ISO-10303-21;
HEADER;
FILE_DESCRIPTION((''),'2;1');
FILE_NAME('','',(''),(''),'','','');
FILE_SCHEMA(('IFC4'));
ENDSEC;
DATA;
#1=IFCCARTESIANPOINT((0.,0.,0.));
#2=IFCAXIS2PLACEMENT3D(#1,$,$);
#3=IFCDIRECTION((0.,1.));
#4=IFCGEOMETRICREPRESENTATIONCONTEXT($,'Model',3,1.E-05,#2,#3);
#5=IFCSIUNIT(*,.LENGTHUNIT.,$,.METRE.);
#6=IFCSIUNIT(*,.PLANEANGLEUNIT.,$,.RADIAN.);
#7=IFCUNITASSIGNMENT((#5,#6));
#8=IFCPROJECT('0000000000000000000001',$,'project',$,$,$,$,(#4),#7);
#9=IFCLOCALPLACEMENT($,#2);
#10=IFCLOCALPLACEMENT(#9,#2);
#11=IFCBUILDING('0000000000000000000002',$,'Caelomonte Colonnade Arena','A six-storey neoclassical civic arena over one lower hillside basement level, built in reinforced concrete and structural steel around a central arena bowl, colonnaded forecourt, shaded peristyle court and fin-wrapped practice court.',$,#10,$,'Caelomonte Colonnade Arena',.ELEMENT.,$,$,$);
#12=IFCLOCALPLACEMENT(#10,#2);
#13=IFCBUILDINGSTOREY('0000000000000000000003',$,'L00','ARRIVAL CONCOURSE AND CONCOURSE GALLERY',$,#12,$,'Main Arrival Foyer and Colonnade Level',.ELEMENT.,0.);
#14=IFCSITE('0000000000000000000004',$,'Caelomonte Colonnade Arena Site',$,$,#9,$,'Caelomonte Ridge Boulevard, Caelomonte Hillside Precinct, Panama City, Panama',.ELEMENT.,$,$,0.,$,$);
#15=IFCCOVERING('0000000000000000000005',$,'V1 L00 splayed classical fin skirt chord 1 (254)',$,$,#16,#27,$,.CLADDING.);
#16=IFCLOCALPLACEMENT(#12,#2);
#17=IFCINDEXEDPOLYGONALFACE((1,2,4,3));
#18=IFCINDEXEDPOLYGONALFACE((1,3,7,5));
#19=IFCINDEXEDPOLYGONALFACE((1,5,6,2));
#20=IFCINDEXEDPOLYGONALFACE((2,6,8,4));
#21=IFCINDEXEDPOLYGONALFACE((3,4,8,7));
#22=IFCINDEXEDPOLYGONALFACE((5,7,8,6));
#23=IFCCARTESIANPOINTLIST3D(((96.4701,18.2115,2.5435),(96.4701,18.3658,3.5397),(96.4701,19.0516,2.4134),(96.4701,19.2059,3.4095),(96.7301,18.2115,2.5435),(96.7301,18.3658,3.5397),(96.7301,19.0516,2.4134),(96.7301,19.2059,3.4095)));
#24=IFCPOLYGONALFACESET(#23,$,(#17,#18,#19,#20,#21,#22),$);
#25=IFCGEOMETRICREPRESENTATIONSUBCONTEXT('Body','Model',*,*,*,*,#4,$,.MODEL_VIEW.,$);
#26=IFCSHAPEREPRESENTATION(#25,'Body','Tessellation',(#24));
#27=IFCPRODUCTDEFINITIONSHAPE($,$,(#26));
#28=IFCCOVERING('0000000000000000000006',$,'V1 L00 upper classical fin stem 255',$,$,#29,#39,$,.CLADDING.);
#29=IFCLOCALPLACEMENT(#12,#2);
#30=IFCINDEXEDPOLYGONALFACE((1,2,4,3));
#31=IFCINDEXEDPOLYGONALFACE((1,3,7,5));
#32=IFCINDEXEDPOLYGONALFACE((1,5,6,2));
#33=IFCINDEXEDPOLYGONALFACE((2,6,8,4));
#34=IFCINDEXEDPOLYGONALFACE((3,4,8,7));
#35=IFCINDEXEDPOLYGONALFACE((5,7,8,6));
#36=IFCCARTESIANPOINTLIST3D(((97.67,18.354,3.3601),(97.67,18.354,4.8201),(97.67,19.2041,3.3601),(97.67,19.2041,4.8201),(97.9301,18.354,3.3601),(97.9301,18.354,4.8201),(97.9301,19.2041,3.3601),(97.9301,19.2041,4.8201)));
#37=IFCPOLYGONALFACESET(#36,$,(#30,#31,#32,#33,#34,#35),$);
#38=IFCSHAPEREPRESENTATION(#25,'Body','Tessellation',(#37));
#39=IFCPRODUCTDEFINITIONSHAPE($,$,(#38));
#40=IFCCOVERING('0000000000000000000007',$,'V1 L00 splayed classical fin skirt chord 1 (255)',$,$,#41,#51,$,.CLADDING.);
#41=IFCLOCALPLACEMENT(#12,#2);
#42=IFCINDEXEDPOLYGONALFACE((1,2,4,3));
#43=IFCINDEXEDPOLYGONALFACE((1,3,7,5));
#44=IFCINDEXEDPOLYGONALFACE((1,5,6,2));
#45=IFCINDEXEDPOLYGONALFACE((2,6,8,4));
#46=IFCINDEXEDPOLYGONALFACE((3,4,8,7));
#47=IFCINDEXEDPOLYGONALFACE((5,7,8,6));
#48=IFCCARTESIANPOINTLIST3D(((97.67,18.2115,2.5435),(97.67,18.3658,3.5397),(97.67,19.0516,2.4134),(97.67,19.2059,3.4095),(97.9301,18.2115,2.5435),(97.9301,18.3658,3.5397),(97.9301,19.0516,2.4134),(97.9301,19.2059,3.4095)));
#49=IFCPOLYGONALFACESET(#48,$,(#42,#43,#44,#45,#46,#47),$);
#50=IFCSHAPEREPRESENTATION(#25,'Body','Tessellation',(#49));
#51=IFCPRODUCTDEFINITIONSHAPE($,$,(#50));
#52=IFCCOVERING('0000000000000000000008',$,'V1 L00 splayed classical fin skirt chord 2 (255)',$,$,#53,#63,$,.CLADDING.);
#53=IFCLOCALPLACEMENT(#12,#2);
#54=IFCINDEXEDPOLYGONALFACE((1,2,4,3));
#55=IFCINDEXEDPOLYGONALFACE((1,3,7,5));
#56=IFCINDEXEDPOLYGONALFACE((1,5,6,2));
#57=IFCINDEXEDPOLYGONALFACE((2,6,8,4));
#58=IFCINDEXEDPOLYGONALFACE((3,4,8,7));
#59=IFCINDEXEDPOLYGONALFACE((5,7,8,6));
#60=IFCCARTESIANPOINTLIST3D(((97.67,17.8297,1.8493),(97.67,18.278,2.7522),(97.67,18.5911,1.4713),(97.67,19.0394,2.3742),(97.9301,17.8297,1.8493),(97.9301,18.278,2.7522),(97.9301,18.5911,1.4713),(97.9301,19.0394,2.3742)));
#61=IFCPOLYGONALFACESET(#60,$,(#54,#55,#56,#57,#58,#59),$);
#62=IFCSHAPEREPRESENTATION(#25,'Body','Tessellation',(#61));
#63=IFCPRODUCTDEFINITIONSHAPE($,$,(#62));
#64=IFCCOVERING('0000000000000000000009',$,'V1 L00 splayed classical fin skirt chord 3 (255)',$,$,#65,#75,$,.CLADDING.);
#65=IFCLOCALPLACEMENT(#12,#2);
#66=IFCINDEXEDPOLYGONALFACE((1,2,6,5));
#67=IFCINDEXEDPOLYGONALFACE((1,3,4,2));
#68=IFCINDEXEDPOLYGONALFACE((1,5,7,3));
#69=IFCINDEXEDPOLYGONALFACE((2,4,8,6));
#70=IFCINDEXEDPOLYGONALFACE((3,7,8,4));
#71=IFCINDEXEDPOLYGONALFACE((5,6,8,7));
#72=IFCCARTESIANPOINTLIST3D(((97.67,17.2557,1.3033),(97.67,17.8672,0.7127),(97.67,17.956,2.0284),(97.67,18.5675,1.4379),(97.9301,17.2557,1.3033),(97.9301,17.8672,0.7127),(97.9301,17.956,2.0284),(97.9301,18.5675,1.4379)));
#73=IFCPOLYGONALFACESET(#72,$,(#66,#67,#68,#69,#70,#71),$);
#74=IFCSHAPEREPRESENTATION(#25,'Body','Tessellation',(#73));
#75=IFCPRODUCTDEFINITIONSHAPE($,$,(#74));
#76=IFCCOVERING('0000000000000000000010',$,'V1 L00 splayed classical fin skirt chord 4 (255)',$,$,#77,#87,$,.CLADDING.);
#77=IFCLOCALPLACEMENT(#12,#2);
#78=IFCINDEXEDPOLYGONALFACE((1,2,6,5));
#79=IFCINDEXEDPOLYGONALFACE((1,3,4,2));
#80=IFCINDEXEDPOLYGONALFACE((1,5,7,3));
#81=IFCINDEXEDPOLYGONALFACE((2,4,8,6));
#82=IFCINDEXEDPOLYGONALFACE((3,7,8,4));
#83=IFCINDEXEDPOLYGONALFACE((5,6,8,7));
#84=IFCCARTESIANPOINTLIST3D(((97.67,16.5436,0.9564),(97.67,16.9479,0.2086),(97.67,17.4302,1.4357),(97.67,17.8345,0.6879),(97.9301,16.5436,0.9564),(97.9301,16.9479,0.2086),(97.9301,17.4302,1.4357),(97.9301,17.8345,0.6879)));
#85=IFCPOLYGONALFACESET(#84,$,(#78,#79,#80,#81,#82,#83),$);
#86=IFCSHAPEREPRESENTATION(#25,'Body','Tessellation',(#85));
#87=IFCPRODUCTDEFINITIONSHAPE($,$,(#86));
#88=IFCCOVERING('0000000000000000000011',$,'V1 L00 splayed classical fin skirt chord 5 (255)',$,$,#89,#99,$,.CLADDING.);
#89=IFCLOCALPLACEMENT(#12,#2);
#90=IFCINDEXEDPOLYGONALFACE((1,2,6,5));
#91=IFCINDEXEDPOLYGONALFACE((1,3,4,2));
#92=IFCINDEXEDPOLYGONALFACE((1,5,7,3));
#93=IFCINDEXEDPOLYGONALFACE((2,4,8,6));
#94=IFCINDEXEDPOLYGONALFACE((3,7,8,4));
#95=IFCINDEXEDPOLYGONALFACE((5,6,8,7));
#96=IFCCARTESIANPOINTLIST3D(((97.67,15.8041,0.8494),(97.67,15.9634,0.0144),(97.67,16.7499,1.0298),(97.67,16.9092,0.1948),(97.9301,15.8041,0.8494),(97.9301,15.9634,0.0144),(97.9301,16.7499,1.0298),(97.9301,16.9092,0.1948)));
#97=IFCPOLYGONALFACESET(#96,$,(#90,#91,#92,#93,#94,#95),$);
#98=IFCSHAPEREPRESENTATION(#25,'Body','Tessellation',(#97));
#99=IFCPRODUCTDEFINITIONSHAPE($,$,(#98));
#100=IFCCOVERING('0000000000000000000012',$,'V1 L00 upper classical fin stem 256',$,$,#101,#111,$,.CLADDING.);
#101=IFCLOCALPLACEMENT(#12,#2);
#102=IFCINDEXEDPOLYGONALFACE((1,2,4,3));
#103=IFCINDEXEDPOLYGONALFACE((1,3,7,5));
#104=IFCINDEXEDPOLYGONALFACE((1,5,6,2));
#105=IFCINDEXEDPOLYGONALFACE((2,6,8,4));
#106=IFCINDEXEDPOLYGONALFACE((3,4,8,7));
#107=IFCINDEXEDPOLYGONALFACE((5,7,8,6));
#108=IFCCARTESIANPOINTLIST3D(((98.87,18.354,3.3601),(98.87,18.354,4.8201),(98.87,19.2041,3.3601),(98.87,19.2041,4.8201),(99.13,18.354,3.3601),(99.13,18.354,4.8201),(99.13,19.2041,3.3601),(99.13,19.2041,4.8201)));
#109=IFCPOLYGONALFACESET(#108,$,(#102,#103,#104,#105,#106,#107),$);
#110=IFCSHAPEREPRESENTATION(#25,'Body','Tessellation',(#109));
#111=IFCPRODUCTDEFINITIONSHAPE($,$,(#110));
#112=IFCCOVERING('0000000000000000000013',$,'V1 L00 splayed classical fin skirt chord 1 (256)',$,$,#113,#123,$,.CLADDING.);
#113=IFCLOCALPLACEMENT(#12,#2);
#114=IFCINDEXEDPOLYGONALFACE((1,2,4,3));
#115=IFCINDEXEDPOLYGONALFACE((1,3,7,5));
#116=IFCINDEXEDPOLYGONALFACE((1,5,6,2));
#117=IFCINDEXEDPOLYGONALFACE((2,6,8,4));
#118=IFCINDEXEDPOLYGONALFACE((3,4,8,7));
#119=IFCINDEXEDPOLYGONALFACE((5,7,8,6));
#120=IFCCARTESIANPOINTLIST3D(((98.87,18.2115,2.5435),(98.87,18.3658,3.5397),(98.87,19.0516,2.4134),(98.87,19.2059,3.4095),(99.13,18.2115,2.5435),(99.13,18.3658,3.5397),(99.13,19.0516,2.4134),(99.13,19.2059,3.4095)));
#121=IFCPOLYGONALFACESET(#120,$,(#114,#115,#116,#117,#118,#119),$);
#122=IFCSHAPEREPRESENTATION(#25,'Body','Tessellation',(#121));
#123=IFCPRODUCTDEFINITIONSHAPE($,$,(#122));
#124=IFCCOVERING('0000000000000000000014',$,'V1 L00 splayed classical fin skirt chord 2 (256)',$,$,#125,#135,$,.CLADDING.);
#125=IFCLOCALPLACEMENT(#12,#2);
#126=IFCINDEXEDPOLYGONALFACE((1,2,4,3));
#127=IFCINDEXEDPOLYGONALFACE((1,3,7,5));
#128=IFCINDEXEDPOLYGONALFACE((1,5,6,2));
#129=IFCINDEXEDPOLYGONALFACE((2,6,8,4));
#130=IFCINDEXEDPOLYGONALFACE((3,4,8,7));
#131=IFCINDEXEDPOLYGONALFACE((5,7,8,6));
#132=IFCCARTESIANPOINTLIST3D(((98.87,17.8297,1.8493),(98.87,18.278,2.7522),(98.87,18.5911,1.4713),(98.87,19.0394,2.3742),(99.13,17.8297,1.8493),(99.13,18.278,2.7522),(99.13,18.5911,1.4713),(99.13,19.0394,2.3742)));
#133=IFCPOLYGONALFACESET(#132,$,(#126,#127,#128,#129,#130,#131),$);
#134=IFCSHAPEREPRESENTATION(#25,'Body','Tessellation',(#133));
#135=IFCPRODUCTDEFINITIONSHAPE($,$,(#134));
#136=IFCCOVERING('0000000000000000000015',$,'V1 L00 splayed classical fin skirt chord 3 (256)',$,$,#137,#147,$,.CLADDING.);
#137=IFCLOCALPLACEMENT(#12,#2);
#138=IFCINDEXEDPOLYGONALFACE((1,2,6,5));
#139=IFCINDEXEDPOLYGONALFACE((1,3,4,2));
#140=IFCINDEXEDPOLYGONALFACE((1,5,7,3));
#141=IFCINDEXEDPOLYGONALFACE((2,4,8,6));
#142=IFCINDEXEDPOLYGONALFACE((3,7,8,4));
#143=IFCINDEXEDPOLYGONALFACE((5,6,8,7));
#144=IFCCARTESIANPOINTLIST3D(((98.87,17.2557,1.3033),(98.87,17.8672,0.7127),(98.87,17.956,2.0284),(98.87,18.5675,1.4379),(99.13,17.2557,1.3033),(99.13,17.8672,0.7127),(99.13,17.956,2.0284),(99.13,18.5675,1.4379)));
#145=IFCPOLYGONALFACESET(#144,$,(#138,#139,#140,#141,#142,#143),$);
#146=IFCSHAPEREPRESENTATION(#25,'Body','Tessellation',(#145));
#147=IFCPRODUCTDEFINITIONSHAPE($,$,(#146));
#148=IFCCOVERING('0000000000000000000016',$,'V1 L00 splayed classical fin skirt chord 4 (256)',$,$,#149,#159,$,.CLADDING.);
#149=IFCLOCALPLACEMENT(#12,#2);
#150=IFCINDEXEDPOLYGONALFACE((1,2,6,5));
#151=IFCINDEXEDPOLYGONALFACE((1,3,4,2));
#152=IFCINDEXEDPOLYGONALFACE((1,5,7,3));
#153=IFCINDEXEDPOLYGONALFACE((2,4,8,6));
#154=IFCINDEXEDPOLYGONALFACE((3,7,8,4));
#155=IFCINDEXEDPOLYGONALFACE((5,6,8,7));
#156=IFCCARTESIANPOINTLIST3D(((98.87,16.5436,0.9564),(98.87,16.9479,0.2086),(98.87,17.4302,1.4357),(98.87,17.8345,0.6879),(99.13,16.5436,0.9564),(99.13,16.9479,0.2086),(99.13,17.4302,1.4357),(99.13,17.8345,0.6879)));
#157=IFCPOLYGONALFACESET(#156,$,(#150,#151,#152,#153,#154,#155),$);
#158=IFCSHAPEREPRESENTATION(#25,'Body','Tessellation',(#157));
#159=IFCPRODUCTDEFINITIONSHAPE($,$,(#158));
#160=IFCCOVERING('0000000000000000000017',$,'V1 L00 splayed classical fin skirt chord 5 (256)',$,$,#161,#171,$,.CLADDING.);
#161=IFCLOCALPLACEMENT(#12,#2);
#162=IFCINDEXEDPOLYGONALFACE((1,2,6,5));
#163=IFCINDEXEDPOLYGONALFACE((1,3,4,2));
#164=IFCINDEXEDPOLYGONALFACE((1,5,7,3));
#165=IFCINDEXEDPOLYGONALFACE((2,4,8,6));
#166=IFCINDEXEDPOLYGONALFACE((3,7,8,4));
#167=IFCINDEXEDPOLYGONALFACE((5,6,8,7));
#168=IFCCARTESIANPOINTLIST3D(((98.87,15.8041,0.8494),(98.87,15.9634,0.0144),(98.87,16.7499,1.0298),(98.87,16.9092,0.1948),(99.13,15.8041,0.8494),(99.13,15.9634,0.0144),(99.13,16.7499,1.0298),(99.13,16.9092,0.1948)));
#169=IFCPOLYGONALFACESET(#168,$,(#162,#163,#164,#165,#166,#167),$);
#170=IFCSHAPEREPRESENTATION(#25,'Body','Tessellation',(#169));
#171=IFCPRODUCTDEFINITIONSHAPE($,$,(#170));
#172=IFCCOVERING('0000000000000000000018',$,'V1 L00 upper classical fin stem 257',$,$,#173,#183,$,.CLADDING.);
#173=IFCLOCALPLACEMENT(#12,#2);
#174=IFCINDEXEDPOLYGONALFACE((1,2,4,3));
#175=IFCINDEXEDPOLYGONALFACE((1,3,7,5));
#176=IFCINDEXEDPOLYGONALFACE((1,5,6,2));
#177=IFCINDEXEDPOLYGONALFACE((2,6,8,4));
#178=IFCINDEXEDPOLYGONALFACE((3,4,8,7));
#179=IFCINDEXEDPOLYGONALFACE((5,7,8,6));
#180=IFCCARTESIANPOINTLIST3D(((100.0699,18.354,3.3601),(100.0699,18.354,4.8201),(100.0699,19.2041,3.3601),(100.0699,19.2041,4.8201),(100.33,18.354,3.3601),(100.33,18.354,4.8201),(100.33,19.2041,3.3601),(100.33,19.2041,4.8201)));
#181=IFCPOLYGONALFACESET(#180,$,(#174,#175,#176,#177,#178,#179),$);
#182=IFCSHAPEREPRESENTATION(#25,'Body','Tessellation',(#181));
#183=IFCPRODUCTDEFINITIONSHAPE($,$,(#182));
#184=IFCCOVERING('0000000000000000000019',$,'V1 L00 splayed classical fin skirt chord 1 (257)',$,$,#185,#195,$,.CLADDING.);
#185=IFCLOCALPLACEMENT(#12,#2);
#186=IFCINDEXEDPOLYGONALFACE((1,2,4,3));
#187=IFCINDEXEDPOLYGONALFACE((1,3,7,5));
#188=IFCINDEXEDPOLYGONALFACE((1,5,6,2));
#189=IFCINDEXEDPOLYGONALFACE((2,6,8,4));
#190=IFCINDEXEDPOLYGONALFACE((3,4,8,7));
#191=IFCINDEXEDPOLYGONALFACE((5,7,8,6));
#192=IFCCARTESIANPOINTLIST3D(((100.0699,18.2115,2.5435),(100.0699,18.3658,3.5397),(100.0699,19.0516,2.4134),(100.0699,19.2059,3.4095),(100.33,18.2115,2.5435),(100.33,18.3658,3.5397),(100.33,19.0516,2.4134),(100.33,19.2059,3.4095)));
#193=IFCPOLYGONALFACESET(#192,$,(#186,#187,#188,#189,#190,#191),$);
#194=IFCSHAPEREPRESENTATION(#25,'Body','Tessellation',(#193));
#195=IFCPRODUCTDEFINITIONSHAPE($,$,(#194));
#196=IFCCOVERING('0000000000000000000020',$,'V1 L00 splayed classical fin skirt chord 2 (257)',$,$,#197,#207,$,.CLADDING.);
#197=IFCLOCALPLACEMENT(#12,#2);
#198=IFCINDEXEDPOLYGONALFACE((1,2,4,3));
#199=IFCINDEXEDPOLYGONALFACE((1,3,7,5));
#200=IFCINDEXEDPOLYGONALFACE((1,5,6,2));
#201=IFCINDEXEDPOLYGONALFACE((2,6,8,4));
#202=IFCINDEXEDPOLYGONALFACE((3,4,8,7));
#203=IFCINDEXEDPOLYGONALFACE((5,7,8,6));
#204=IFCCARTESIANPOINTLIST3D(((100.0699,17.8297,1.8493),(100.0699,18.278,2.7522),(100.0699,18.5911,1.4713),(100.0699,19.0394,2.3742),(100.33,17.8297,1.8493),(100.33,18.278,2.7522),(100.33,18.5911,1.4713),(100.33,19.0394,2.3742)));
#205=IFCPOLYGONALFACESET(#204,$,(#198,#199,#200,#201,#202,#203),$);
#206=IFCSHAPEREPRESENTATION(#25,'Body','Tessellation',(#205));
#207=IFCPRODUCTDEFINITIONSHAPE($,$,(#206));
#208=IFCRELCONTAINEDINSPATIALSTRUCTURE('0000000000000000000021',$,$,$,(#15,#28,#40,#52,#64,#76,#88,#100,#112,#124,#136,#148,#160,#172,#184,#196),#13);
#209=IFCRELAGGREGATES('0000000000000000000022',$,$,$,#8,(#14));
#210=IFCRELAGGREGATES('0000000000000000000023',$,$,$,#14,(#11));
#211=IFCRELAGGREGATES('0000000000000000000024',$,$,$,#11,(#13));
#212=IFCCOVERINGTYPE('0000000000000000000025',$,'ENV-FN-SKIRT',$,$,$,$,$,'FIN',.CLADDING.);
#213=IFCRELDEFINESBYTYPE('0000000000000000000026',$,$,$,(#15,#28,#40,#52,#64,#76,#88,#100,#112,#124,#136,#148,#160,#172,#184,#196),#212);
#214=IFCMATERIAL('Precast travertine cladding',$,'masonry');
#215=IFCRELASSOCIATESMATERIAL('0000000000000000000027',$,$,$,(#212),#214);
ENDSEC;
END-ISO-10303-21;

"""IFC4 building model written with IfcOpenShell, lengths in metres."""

from ifc_helpers import new_model, si_unit, direction, frame, origin, origin_2d, place, context, subcontext, project, spatial, rectangle, extrude, material, material_profile, profile_set, type_object, element, save


model = new_model("IFC4")

# Units and contexts
model_context = context("Model", 3, precision=1e-05, world=origin(), true_north=direction((0.0, 1.0)))
body_context = subcontext(model_context, "Body", "Model", "MODEL_VIEW")
ifc_project = project(units=[si_unit("LENGTHUNIT", "METRE"), si_unit("PLANEANGLEUNIT", "RADIAN")], contexts=[model_context])

# Site, building, storey
site_placement = place(None, origin())
site = spatial("IfcSite", under=ifc_project, at=site_placement, Name="Caelomonte Colonnade Arena Site", LongName="Caelomonte Ridge Boulevard, Caelomonte Hillside Precinct, Panama City, Panama", CompositionType="ELEMENT", RefElevation=0.0)
building_placement = place(site_placement, origin())
building = spatial("IfcBuilding", under=site, at=building_placement, Name="Caelomonte Colonnade Arena", Description="A six-storey neoclassical civic arena over one lower hillside basement level, built in reinforced concrete and structural steel around a central arena bowl, colonnaded forecourt, shaded peristyle court and fin-wrapped practice court.", LongName="Caelomonte Colonnade Arena", CompositionType="ELEMENT")
storey_placement = place(building_placement, origin())
storey = spatial("IfcBuildingStorey", under=building, at=storey_placement, Name="L00", Description="ARRIVAL CONCOURSE AND CONCOURSE GALLERY", LongName="Main Arrival Foyer and Colonnade Level", CompositionType="ELEMENT", Elevation=0.0)

# Coverings
ifc_material = material(Name="Precast travertine cladding", Category="masonry")
ifc_material_profile = material_profile(ifc_material, rectangle(XDim=0.26, YDim=0.8501, at=origin_2d()), Name="FIN260X850")
ifc_profile_set = profile_set([ifc_material_profile], Name="Precast travertine cladding")
covering_type = type_object("IfcCoveringType", Name="ENV-FN-SKIRT", ElementType="FIN", PredefinedType="CLADDING", material=ifc_profile_set)
covering_1_placement = place(storey_placement, frame((96.6001, 18.7859, 3.4746), z_axis=(0.0, -0.153076, -0.988214), x_axis=(-1.0, 0.0, 0.0)))
element("IfcCovering", 1, at=covering_1_placement, inside=storey, type_object=covering_type, Name="V1 L00 splayed classical fin skirt chord 1 (254)", PredefinedType="CLADDING", context=body_context, shape_type="SweptSolid", body=[
    extrude(rectangle(XDim=0.26, YDim=0.8501, at=origin_2d()), origin(), (0.0, 0.0, 1.0), 1.0081),
])
covering_2_placement = place(storey_placement, frame((97.8, 18.7791, 3.3601), z_axis=(0.0, 0.0, 1.0), x_axis=(-1.0, 0.0, 0.0)))
element("IfcCovering", 2, at=covering_2_placement, inside=storey, type_object=covering_type, Name="V1 L00 upper classical fin stem 255", PredefinedType="CLADDING", context=body_context, shape_type="SweptSolid", body=[
    extrude(rectangle(XDim=0.26, YDim=0.8501, at=origin_2d()), origin(), (0.0, 0.0, 1.0), 1.46),
])
for number, where, z_axis, x_axis, name in (
    (3, (97.8, 18.7859, 3.4746), (0.0, -0.153076, -0.988214), (-1.0, 0.0, 0.0), "V1 L00 splayed classical fin skirt chord 1 (255)"),
    (4, (97.8, 18.6587, 2.5632), (0.0, -0.444693, -0.895683), (-1.0, 0.0, 0.0), "V1 L00 splayed classical fin skirt chord 2 (255)"),
    (5, (97.8, 18.2617, 1.7332), (0.0, -0.694646, -0.719351), (-1.0, 0.0, 0.0), "V1 L00 splayed classical fin skirt chord 3 (255)"),
):
    element("IfcCovering", number, at=place(storey_placement, frame(where, z_axis=z_axis, x_axis=x_axis)), inside=storey, type_object=covering_type, Name=name, PredefinedType="CLADDING", context=body_context, shape_type="SweptSolid", body=[
        extrude(rectangle(XDim=0.26, YDim=0.8501, at=origin_2d()), origin(), (0.0, 0.0, 1.0), 1.0081),
    ])
covering_3_placement = place(storey_placement, frame((97.8, 17.6323, 1.0618), z_axis=(0.0, -0.879676, -0.475573), x_axis=(-1.0, 0.0, 0.0)))
element("IfcCovering", 6, at=covering_3_placement, inside=storey, type_object=covering_type, Name="V1 L00 splayed classical fin skirt chord 4 (255)", PredefinedType="CLADDING", context=body_context, shape_type="SweptSolid", body=[
    extrude(rectangle(XDim=0.26, YDim=0.8501, at=origin_2d()), origin(), (0.0, 0.0, 1.0), 1.0078),
])
covering_4_placement = place(storey_placement, frame((97.8, 16.8296, 0.6123), z_axis=(0.0, -0.982287, -0.18738), x_axis=(-1.0, 0.0, 0.0)))
element("IfcCovering", 7, at=covering_4_placement, inside=storey, type_object=covering_type, Name="V1 L00 splayed classical fin skirt chord 5 (255)", PredefinedType="CLADDING", context=body_context, shape_type="SweptSolid", body=[
    extrude(rectangle(XDim=0.26, YDim=0.8501, at=origin_2d()), origin(), (0.0, 0.0, 1.0), 0.9629),
])
covering_5_placement = place(storey_placement, frame((99.0, 18.7791, 3.3601), z_axis=(0.0, 0.0, 1.0), x_axis=(-1.0, 0.0, 0.0)))
element("IfcCovering", 8, at=covering_5_placement, inside=storey, type_object=covering_type, Name="V1 L00 upper classical fin stem 256", PredefinedType="CLADDING", context=body_context, shape_type="SweptSolid", body=[
    extrude(rectangle(XDim=0.26, YDim=0.8501, at=origin_2d()), origin(), (0.0, 0.0, 1.0), 1.46),
])
for number, where, z_axis, x_axis, name in (
    (9, (99.0, 18.7859, 3.4746), (0.0, -0.153076, -0.988214), (-1.0, 0.0, 0.0), "V1 L00 splayed classical fin skirt chord 1 (256)"),
    (10, (99.0, 18.6587, 2.5632), (0.0, -0.444693, -0.895683), (-1.0, 0.0, 0.0), "V1 L00 splayed classical fin skirt chord 2 (256)"),
    (11, (99.0, 18.2617, 1.7332), (0.0, -0.694646, -0.719351), (-1.0, 0.0, 0.0), "V1 L00 splayed classical fin skirt chord 3 (256)"),
):
    element("IfcCovering", number, at=place(storey_placement, frame(where, z_axis=z_axis, x_axis=x_axis)), inside=storey, type_object=covering_type, Name=name, PredefinedType="CLADDING", context=body_context, shape_type="SweptSolid", body=[
        extrude(rectangle(XDim=0.26, YDim=0.8501, at=origin_2d()), origin(), (0.0, 0.0, 1.0), 1.0081),
    ])
covering_6_placement = place(storey_placement, frame((99.0, 17.6323, 1.0618), z_axis=(0.0, -0.879676, -0.475573), x_axis=(-1.0, 0.0, 0.0)))
element("IfcCovering", 12, at=covering_6_placement, inside=storey, type_object=covering_type, Name="V1 L00 splayed classical fin skirt chord 4 (256)", PredefinedType="CLADDING", context=body_context, shape_type="SweptSolid", body=[
    extrude(rectangle(XDim=0.26, YDim=0.8501, at=origin_2d()), origin(), (0.0, 0.0, 1.0), 1.0078),
])
covering_7_placement = place(storey_placement, frame((99.0, 16.8296, 0.6123), z_axis=(0.0, -0.982287, -0.18738), x_axis=(-1.0, 0.0, 0.0)))
element("IfcCovering", 13, at=covering_7_placement, inside=storey, type_object=covering_type, Name="V1 L00 splayed classical fin skirt chord 5 (256)", PredefinedType="CLADDING", context=body_context, shape_type="SweptSolid", body=[
    extrude(rectangle(XDim=0.26, YDim=0.8501, at=origin_2d()), origin(), (0.0, 0.0, 1.0), 0.9629),
])
covering_8_placement = place(storey_placement, frame((100.2, 18.7791, 3.3601), z_axis=(0.0, 0.0, 1.0), x_axis=(-1.0, 0.0, 0.0)))
element("IfcCovering", 14, at=covering_8_placement, inside=storey, type_object=covering_type, Name="V1 L00 upper classical fin stem 257", PredefinedType="CLADDING", context=body_context, shape_type="SweptSolid", body=[
    extrude(rectangle(XDim=0.26, YDim=0.8501, at=origin_2d()), origin(), (0.0, 0.0, 1.0), 1.46),
])
for number, where, z_axis, x_axis, name in (
    (15, (100.2, 18.7859, 3.4746), (0.0, -0.153076, -0.988214), (-1.0, 0.0, 0.0), "V1 L00 splayed classical fin skirt chord 1 (257)"),
    (16, (100.2, 18.6587, 2.5632), (0.0, -0.444693, -0.895683), (-1.0, 0.0, 0.0), "V1 L00 splayed classical fin skirt chord 2 (257)"),
):
    element("IfcCovering", number, at=place(storey_placement, frame(where, z_axis=z_axis, x_axis=x_axis)), inside=storey, type_object=covering_type, Name=name, PredefinedType="CLADDING", context=body_context, shape_type="SweptSolid", body=[
        extrude(rectangle(XDim=0.26, YDim=0.8501, at=origin_2d()), origin(), (0.0, 0.0, 1.0), 1.0081),
    ])

save(model, "model.ifc")
